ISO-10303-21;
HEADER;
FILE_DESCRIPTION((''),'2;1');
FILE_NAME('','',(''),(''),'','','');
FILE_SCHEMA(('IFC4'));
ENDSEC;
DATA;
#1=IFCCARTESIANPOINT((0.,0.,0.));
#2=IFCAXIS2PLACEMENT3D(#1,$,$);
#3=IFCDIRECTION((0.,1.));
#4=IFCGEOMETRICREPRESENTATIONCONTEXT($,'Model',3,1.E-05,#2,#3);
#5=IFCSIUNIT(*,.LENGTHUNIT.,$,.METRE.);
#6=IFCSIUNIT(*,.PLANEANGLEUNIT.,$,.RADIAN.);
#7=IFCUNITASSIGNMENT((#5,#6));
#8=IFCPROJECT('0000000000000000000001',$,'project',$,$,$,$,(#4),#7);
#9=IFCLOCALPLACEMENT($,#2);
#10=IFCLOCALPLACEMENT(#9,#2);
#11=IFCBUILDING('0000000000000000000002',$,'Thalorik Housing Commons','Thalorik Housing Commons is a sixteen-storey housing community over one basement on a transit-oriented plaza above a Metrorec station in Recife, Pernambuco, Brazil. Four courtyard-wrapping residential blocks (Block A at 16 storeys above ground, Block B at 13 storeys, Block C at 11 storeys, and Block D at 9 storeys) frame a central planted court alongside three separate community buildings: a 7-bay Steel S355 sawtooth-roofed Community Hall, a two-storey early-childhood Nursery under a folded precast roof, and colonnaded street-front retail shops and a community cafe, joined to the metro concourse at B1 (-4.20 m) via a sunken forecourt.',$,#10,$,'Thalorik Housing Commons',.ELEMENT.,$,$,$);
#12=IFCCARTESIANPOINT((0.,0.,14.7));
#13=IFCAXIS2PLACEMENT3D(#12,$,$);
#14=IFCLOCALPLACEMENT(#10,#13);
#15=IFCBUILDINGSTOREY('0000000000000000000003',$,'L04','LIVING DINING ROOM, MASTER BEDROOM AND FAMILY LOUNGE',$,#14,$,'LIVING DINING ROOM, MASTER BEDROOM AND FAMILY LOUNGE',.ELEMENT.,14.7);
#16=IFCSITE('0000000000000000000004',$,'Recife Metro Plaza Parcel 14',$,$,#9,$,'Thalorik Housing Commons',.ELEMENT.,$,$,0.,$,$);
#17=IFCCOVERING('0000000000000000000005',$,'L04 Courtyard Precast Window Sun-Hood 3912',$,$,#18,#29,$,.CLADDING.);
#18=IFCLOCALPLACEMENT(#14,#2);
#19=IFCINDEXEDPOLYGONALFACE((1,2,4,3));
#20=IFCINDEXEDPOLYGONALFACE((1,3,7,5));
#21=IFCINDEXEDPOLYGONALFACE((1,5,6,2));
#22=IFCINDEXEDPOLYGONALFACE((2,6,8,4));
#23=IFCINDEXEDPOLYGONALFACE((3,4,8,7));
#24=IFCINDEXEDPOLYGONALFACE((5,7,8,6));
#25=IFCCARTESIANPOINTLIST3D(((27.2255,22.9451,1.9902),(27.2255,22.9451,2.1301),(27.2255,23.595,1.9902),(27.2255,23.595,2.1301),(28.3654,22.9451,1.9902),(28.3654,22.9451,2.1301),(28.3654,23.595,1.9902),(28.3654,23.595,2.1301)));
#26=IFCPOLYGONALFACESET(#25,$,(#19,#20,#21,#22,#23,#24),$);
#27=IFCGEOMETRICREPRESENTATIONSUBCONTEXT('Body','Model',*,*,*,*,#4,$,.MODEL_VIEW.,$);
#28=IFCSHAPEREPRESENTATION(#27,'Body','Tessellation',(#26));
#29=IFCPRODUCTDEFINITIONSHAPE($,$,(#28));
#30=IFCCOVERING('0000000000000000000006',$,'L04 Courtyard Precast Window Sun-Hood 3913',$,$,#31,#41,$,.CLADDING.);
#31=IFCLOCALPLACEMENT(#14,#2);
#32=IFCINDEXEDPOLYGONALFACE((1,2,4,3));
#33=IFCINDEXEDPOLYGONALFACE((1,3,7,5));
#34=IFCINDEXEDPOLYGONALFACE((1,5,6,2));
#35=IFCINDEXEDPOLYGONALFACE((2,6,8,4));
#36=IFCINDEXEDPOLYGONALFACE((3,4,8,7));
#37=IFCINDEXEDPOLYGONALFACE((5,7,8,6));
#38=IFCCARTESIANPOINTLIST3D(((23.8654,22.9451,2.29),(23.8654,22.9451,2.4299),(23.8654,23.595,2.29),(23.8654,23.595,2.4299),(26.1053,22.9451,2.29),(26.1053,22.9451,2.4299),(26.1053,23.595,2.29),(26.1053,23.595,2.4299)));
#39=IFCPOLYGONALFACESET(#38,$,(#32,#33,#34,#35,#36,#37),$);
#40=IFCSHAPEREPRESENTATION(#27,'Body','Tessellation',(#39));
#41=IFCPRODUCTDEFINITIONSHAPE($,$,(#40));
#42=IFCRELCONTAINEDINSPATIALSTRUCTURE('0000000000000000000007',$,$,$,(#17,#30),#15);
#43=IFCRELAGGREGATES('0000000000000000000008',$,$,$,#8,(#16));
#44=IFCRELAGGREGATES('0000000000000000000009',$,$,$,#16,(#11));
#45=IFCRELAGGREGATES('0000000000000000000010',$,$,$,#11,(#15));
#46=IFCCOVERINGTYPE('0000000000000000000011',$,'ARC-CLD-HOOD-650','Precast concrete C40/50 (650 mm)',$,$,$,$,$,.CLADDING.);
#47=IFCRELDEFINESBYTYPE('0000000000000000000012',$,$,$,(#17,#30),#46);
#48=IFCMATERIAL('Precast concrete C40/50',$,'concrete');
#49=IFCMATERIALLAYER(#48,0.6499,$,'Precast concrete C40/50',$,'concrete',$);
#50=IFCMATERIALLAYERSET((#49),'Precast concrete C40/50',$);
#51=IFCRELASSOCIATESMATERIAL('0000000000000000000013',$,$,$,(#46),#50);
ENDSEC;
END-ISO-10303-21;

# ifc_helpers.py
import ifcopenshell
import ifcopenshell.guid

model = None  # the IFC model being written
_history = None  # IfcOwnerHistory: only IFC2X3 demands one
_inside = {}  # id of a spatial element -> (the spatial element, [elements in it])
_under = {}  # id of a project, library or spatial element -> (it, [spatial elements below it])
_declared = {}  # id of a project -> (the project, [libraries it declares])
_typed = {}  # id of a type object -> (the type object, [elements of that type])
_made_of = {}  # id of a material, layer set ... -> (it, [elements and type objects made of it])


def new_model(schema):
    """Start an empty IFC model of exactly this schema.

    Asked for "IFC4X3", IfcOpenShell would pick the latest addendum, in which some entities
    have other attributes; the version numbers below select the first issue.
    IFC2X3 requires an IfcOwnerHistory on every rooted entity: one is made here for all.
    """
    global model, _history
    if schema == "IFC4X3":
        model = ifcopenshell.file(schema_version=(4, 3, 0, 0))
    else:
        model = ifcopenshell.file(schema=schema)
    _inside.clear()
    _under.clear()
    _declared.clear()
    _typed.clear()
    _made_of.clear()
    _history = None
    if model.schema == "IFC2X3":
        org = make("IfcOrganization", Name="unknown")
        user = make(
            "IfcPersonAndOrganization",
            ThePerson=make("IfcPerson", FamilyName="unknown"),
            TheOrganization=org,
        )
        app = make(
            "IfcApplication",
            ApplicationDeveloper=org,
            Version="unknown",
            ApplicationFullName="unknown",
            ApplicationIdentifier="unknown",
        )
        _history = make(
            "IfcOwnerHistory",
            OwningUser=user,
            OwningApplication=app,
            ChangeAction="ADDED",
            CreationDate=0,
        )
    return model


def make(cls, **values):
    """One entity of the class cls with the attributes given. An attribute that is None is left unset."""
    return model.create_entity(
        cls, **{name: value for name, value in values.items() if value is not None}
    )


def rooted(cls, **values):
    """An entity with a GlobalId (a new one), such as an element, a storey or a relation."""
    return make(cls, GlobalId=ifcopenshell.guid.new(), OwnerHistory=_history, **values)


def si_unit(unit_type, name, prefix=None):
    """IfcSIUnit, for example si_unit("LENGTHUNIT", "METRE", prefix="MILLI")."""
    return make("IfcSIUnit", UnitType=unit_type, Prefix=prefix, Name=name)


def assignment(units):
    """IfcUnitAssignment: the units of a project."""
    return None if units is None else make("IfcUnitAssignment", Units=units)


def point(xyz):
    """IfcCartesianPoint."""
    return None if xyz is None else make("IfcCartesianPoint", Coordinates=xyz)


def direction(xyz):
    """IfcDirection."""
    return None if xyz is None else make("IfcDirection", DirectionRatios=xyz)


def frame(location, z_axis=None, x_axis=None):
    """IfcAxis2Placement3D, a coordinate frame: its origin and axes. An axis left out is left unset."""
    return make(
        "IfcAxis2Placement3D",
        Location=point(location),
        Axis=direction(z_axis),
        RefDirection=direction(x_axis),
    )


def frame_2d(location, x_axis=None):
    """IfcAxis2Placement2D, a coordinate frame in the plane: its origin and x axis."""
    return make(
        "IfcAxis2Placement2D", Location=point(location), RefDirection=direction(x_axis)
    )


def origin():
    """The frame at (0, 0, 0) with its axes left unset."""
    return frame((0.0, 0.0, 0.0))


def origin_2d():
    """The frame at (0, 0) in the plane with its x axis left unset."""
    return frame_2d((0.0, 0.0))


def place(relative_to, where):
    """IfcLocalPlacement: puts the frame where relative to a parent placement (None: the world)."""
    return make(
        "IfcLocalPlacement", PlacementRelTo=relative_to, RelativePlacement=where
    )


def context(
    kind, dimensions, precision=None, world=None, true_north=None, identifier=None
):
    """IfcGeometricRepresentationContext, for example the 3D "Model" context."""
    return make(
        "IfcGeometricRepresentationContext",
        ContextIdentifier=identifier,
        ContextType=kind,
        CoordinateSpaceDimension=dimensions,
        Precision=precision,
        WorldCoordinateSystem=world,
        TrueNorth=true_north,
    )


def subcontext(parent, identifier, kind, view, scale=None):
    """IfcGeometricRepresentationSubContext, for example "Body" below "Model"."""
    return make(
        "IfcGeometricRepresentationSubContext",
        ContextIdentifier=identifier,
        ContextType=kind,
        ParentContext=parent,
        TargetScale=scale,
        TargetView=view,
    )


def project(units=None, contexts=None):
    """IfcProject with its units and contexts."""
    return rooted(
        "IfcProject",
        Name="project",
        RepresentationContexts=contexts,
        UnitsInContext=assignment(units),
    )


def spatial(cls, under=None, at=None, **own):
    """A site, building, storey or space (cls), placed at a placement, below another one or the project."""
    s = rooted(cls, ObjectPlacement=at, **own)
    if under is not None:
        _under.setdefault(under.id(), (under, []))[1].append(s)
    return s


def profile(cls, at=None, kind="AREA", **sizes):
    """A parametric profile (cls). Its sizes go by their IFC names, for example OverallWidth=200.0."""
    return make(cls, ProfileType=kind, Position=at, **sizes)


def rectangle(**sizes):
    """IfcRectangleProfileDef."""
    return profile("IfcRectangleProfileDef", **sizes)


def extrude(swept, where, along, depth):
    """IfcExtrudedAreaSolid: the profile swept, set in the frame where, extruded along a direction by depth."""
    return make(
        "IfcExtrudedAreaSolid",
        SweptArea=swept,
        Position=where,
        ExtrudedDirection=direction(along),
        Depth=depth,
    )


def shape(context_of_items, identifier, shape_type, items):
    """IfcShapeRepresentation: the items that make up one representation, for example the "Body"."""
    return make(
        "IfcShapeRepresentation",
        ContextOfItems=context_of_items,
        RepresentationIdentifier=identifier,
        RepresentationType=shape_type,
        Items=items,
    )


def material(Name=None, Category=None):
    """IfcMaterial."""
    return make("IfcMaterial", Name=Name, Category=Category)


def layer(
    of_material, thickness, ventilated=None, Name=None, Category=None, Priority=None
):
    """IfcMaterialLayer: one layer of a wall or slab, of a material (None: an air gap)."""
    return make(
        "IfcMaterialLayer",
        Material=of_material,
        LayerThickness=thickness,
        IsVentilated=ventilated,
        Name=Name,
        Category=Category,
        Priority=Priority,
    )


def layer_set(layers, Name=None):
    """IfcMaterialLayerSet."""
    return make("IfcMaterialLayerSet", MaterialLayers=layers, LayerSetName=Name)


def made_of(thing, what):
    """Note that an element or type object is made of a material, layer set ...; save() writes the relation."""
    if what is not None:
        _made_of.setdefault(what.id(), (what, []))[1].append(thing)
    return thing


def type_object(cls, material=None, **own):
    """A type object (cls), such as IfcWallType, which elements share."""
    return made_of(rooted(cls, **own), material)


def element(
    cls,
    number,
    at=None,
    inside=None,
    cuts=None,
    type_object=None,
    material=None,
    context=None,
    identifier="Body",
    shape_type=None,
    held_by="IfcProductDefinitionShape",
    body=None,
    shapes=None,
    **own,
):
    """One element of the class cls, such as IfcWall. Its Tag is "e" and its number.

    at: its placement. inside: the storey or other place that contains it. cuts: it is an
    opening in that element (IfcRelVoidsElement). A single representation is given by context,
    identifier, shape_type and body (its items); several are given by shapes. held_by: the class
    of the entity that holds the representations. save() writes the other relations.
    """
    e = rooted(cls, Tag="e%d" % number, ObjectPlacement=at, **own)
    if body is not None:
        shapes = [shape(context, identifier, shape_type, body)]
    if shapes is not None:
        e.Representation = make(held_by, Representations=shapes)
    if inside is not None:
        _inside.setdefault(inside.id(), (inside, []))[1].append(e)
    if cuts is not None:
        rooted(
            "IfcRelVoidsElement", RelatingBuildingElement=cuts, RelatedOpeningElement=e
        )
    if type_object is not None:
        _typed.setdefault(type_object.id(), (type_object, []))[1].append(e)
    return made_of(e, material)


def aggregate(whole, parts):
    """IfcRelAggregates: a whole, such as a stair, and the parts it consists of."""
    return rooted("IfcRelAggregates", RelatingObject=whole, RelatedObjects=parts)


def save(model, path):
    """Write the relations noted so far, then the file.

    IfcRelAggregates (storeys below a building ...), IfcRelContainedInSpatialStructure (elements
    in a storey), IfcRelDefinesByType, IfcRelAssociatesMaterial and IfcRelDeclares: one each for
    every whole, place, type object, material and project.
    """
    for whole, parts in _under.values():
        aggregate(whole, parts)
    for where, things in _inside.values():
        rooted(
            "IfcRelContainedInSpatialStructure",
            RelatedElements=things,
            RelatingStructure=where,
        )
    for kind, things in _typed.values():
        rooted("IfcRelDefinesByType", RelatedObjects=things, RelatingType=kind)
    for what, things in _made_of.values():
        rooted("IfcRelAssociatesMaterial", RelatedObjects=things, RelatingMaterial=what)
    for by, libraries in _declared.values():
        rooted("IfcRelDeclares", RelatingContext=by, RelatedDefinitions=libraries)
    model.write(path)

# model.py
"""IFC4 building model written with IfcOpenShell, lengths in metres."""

from ifc_helpers import new_model, si_unit, direction, frame, origin, origin_2d, place, context, subcontext, project, spatial, rectangle, extrude, material, layer, layer_set, type_object, element, save


model = new_model("IFC4")

# Units and contexts
model_context = context("Model", 3, precision=1e-05, world=origin(), true_north=direction((0.0, 1.0)))
body_context = subcontext(model_context, "Body", "Model", "MODEL_VIEW")
ifc_project = project(units=[si_unit("LENGTHUNIT", "METRE"), si_unit("PLANEANGLEUNIT", "RADIAN")], contexts=[model_context])

# Site, building, storey
site_placement = place(None, origin())
site = spatial("IfcSite", under=ifc_project, at=site_placement, Name="Recife Metro Plaza Parcel 14", LongName="Thalorik Housing Commons", CompositionType="ELEMENT", RefElevation=0.0)
building_placement = place(site_placement, origin())
building = spatial("IfcBuilding", under=site, at=building_placement, Name="Thalorik Housing Commons", Description="Thalorik Housing Commons is a sixteen-storey housing community over one basement on a transit-oriented plaza above a Metrorec station in Recife, Pernambuco, Brazil. Four courtyard-wrapping residential blocks (Block A at 16 storeys above ground, Block B at 13 storeys, Block C at 11 storeys, and Block D at 9 storeys) frame a central planted court alongside three separate community buildings: a 7-bay Steel S355 sawtooth-roofed Community Hall, a two-storey early-childhood Nursery under a folded precast roof, and colonnaded street-front retail shops and a community cafe, joined to the metro concourse at B1 (-4.20 m) via a sunken forecourt.", LongName="Thalorik Housing Commons", CompositionType="ELEMENT")
storey_placement = place(building_placement, frame((0.0, 0.0, 14.7)))
storey = spatial("IfcBuildingStorey", under=building, at=storey_placement, Name="L04", Description="LIVING DINING ROOM, MASTER BEDROOM AND FAMILY LOUNGE", LongName="LIVING DINING ROOM, MASTER BEDROOM AND FAMILY LOUNGE", CompositionType="ELEMENT", Elevation=14.7)

# Shared definitions
ifc_material_1 = material(Name="Precast concrete C40/50", Category="concrete")

# Coverings
ifc_layer_1 = layer(ifc_material_1, 0.6499, Name="Precast concrete C40/50", Category="concrete")
ifc_layer_set_1 = layer_set([ifc_layer_1], Name="Precast concrete C40/50")
covering_type_1 = type_object("IfcCoveringType", Name="ARC-CLD-HOOD-650", Description="Precast concrete C40/50 (650 mm)", PredefinedType="CLADDING", material=ifc_layer_set_1)
covering_1_placement = place(storey_placement, frame((27.7954, 23.27, 1.9902), z_axis=(0.0, 0.0, 1.0), x_axis=(-1.0, 0.0, 0.0)))
element("IfcCovering", 1, at=covering_1_placement, inside=storey, type_object=covering_type_1, Name="L04 Courtyard Precast Window Sun-Hood 3912", PredefinedType="CLADDING", context=body_context, shape_type="SweptSolid", body=[
    extrude(rectangle(XDim=1.1399, YDim=0.6499, at=origin_2d()), origin(), (0.0, 0.0, 1.0), 0.1399),
])
covering_2_placement = place(storey_placement, frame((24.9854, 23.27, 2.29), z_axis=(0.0, 0.0, 1.0), x_axis=(-1.0, 0.0, 0.0)))
element("IfcCovering", 2, at=covering_2_placement, inside=storey, type_object=covering_type_1, Name="L04 Courtyard Precast Window Sun-Hood 3913", PredefinedType="CLADDING", context=body_context, shape_type="SweptSolid", body=[
    extrude(rectangle(XDim=2.24, YDim=0.6499, at=origin_2d()), origin(), (0.0, 0.0, 1.0), 0.1399),
])

save(model, "model.ifc")
